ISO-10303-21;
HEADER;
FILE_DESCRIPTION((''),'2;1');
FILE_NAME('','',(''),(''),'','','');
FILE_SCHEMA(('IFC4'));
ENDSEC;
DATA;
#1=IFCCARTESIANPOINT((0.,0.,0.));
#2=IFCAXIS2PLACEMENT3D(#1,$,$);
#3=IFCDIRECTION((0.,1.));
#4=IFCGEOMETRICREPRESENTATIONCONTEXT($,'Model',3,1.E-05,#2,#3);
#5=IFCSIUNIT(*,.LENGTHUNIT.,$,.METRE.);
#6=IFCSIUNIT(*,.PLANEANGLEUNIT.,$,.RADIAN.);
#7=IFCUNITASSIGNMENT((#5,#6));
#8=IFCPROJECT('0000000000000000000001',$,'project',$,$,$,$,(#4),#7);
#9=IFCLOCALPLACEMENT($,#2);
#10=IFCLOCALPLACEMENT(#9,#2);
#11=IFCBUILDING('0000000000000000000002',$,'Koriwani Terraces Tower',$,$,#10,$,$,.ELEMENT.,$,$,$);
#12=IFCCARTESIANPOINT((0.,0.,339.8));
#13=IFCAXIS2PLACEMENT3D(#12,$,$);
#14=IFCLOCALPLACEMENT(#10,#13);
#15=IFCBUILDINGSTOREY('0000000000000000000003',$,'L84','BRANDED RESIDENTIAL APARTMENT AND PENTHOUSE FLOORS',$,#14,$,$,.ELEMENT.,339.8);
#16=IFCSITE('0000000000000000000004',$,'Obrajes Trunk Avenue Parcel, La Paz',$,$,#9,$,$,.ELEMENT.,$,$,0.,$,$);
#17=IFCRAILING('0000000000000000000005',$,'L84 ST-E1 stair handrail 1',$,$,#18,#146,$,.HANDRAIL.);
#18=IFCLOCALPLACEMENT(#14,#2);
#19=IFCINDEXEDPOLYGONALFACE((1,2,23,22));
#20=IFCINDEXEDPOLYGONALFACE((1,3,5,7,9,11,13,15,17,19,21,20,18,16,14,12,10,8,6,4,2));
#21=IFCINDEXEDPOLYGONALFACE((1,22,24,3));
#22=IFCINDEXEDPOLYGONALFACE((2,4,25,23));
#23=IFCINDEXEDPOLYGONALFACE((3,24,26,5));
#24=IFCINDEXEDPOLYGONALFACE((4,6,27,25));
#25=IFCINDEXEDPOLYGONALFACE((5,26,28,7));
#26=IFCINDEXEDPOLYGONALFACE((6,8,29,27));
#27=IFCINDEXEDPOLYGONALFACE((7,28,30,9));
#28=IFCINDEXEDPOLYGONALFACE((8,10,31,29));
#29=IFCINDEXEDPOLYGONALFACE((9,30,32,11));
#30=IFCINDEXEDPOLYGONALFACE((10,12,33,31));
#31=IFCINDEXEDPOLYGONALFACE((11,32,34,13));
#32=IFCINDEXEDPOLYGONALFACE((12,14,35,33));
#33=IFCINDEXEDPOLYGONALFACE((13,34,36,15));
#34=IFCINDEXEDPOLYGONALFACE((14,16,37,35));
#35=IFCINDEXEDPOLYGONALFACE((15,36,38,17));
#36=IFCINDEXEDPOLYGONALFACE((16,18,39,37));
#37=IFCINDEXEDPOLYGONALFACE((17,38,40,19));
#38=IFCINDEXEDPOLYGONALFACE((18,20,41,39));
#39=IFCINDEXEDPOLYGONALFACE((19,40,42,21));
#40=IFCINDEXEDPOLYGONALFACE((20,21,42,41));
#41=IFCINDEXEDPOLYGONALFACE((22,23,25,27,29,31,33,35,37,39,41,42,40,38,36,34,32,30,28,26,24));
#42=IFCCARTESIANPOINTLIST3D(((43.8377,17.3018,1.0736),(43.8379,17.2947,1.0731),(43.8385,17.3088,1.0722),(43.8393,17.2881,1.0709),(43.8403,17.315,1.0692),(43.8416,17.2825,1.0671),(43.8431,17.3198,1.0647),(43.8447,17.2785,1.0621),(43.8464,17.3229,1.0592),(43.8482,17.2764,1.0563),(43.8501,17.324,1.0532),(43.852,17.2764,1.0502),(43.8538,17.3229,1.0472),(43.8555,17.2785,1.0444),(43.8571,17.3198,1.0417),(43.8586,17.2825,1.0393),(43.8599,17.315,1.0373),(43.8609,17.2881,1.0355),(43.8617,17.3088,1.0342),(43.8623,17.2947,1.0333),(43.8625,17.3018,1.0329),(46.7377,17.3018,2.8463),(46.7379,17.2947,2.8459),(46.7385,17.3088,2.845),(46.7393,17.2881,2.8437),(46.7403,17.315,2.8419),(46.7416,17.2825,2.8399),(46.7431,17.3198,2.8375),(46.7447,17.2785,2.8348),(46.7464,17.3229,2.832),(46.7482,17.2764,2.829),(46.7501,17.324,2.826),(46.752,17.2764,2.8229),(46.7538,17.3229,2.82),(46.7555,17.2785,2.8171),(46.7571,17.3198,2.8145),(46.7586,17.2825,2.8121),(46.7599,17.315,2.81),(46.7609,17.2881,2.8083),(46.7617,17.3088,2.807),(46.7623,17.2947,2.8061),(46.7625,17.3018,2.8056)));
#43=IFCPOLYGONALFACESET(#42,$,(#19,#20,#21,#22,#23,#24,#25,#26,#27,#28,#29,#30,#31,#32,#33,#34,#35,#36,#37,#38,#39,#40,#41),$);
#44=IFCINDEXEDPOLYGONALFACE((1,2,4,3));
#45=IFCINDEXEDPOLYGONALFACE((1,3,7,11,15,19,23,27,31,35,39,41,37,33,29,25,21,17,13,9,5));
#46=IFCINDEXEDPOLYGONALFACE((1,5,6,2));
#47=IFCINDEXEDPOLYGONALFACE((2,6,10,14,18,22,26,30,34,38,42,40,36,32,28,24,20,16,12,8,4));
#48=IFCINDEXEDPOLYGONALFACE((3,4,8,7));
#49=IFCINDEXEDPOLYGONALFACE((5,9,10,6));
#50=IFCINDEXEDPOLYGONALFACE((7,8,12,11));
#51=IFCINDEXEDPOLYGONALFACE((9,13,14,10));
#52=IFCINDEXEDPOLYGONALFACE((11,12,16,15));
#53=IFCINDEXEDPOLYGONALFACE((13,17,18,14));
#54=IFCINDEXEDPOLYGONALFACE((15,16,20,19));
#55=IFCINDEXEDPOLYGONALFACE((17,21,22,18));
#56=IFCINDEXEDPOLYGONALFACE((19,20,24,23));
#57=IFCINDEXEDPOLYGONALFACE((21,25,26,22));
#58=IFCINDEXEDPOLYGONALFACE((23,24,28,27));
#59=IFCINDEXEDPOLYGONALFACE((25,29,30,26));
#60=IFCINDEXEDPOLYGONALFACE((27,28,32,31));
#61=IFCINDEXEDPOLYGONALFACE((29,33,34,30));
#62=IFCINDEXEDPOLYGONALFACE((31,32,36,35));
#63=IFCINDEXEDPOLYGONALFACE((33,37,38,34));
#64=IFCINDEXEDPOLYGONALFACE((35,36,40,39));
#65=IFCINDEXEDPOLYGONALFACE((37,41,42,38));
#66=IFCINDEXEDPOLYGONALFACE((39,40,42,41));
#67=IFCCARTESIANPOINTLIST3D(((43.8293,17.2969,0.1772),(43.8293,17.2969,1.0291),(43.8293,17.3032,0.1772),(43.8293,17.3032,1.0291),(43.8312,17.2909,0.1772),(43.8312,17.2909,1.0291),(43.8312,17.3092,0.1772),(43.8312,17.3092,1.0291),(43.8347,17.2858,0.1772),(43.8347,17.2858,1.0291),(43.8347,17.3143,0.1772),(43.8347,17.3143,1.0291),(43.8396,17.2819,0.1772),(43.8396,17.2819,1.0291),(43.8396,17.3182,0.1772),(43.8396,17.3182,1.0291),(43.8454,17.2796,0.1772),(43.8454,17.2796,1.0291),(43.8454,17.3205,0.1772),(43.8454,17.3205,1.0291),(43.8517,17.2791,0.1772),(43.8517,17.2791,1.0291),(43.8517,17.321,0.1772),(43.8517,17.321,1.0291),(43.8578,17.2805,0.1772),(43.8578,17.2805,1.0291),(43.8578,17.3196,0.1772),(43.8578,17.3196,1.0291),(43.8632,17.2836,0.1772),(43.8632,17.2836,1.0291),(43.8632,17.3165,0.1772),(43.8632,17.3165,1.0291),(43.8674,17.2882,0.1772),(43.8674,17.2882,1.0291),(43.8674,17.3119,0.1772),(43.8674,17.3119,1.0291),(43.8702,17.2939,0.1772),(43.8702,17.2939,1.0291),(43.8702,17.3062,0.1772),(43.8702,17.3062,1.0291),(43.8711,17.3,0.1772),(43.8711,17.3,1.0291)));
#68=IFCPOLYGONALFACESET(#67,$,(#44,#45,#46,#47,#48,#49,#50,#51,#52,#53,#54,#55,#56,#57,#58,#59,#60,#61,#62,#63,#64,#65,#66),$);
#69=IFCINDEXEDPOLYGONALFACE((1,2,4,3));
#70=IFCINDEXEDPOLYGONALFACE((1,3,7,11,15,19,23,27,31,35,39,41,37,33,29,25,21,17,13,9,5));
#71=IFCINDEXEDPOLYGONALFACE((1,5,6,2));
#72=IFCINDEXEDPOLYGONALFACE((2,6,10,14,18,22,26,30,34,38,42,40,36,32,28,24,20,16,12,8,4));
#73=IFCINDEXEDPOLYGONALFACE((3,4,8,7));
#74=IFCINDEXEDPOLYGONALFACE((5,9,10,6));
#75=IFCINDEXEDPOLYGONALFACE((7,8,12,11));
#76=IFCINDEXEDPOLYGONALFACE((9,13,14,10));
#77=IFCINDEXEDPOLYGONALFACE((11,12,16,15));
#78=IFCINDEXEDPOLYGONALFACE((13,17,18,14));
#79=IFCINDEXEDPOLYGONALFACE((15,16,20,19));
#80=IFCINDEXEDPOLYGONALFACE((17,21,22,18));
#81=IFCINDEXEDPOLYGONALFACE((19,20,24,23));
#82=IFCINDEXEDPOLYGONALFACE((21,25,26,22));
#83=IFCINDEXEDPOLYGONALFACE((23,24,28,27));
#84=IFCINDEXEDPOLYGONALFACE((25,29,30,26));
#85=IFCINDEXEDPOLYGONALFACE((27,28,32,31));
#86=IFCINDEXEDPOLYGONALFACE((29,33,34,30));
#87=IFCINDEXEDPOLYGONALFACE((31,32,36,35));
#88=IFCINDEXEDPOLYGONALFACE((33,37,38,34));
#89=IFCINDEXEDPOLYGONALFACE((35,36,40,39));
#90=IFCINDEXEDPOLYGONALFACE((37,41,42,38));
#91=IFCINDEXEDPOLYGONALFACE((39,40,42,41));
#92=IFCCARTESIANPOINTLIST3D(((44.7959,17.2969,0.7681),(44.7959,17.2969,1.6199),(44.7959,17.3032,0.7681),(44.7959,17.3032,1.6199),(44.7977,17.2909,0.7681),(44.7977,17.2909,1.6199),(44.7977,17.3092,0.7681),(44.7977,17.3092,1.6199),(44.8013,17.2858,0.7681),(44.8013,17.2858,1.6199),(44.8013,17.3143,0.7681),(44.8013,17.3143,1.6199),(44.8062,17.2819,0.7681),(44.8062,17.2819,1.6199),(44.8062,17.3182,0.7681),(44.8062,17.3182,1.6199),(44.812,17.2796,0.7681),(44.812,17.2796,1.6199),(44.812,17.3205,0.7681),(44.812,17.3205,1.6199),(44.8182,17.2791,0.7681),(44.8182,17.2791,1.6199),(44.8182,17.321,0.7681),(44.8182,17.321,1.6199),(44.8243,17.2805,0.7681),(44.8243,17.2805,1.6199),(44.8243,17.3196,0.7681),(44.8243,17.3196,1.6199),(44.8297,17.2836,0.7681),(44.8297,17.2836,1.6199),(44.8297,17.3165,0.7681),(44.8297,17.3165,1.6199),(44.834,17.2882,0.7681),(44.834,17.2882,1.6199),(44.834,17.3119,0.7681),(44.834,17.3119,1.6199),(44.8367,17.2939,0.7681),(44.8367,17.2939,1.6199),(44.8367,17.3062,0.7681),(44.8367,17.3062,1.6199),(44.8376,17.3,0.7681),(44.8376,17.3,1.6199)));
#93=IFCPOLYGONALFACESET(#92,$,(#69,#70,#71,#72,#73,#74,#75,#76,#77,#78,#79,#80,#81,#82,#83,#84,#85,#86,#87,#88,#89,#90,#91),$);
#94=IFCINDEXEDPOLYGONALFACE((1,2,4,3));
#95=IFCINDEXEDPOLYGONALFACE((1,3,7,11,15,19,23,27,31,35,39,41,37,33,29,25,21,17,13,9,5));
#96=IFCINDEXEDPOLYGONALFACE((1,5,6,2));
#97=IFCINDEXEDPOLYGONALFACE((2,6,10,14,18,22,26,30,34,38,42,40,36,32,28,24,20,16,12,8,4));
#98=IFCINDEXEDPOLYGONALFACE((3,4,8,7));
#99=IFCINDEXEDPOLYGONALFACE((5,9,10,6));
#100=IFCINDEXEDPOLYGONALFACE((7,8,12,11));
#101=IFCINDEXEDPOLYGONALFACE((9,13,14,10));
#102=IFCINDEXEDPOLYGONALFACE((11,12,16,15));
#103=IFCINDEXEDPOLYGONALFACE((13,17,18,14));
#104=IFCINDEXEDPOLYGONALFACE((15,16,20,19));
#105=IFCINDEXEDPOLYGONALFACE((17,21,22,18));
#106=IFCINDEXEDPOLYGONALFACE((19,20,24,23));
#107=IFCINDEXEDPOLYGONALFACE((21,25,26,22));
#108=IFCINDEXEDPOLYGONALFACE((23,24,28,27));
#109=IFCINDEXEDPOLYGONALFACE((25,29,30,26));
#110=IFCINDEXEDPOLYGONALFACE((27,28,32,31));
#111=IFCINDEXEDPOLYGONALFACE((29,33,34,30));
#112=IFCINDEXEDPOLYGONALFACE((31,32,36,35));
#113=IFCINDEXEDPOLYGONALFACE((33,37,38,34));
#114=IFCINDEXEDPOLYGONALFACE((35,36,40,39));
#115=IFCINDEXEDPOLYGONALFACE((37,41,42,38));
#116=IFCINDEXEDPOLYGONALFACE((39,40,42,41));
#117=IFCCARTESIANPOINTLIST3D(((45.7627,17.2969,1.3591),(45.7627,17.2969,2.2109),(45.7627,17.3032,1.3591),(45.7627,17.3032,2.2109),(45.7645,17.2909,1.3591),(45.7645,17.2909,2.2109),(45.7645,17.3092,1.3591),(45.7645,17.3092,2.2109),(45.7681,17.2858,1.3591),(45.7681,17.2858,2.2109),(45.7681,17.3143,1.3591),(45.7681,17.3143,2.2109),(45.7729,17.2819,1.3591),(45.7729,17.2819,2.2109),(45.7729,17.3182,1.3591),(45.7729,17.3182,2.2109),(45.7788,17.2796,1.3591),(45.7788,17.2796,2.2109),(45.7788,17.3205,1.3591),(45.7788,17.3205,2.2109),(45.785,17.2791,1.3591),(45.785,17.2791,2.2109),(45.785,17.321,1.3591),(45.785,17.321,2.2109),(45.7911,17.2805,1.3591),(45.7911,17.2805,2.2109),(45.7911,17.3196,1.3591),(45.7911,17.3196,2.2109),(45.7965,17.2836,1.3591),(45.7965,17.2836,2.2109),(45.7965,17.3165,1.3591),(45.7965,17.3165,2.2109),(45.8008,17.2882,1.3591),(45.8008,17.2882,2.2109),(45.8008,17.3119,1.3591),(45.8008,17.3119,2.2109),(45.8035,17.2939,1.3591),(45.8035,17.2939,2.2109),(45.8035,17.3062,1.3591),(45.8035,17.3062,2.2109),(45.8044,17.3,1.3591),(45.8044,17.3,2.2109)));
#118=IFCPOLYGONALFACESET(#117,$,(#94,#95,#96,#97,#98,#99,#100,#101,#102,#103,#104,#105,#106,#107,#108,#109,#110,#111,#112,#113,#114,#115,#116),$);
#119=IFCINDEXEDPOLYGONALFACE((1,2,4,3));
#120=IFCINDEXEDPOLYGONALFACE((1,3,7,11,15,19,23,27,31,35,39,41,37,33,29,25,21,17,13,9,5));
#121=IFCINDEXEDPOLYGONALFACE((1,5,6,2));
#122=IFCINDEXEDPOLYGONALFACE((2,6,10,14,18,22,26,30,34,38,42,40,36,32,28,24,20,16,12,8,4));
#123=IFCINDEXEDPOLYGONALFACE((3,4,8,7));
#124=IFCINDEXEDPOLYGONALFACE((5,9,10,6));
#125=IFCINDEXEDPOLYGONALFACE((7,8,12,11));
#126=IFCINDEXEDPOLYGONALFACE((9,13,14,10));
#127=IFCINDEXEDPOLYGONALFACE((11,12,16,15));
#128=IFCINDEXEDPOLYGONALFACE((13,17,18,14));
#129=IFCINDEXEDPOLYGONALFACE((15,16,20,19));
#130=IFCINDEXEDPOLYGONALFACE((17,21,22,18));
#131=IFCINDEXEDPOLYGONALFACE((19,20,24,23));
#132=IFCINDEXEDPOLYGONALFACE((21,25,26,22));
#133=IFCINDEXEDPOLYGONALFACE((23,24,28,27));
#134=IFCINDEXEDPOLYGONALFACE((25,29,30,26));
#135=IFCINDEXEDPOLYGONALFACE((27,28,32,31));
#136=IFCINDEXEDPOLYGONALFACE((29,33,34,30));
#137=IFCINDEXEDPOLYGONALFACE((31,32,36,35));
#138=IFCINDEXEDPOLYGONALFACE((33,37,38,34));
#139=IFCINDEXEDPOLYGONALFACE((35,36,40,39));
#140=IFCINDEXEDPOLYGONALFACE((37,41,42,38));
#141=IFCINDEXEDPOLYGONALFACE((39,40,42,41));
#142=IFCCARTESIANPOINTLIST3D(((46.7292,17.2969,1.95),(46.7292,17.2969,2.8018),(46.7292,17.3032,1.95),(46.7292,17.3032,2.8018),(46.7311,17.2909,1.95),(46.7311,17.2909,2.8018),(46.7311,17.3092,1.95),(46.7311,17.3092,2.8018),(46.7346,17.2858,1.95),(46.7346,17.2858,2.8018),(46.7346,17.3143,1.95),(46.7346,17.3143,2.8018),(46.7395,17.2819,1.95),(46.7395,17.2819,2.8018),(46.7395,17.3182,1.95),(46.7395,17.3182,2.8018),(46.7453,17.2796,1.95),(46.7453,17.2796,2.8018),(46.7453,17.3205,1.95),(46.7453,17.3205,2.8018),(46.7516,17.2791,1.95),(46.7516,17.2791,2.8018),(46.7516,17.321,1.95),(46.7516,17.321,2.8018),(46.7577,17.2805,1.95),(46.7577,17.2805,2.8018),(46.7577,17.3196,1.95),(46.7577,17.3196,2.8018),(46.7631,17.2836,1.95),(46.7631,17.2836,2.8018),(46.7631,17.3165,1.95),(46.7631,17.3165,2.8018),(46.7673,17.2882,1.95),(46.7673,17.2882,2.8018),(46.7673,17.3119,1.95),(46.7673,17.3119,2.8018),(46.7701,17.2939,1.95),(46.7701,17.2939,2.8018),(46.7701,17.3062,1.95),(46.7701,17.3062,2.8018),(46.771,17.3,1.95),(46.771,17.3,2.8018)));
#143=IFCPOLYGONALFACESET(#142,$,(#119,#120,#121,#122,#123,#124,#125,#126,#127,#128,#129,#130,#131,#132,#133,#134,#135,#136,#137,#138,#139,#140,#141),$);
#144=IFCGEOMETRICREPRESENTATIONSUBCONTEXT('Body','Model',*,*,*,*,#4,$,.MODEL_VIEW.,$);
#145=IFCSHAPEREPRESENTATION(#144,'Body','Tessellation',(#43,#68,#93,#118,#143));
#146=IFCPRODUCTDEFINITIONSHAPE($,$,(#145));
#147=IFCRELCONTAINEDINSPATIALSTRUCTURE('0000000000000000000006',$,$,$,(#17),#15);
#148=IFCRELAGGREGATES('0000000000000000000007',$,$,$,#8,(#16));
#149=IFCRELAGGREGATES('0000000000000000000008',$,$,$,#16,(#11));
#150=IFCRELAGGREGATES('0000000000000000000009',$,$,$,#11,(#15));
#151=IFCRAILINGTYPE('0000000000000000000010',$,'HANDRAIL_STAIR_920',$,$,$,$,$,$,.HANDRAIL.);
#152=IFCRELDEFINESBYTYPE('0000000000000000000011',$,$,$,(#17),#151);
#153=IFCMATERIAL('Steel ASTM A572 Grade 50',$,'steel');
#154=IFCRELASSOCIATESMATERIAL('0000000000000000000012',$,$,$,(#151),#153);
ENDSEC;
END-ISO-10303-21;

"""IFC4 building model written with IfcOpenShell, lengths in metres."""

from ifc_helpers import new_model, si_unit, direction, frame, origin, origin_2d, place, context, subcontext, project, spatial, circle, extrude, material, type_object, element, save


model = new_model("IFC4")

# Units and contexts
model_context = context("Model", 3, precision=1e-05, world=origin(), true_north=direction((0.0, 1.0)))
body_context = subcontext(model_context, "Body", "Model", "MODEL_VIEW")
ifc_project = project(units=[si_unit("LENGTHUNIT", "METRE"), si_unit("PLANEANGLEUNIT", "RADIAN")], contexts=[model_context])

# Site, building, storey
site_placement = place(None, origin())
site = spatial("IfcSite", under=ifc_project, at=site_placement, Name="Obrajes Trunk Avenue Parcel, La Paz", CompositionType="ELEMENT", RefElevation=0.0)
building_placement = place(site_placement, origin())
building = spatial("IfcBuilding", under=site, at=building_placement, Name="Koriwani Terraces Tower", CompositionType="ELEMENT")
storey_placement = place(building_placement, frame((0.0, 0.0, 339.8)))
storey = spatial("IfcBuildingStorey", under=building, at=storey_placement, Name="L84", Description="BRANDED RESIDENTIAL APARTMENT AND PENTHOUSE FLOORS", CompositionType="ELEMENT", Elevation=339.8)

# Shared definitions
ifc_material_1 = material(Name="Steel ASTM A572 Grade 50", Category="steel")

# Railing
railing_type_1 = type_object("IfcRailingType", Name="HANDRAIL_STAIR_920", PredefinedType="HANDRAIL", material=ifc_material_1)
railing_1_placement = place(storey_placement, frame((43.8501, 17.3, 0.1772)))
element("IfcRailing", 1, at=railing_1_placement, inside=storey, type_object=railing_type_1, Name="L84 ST-E1 stair handrail 1", PredefinedType="HANDRAIL", context=body_context, shape_type="SweptSolid", body=[
    extrude(circle(Radius=0.0239, at=origin_2d()), frame((0.0, 0.0, 0.876), z_axis=(0.853211, 0.0, 0.521566), x_axis=(0.0, 1.0, 0.0)), (0.0, 0.0, 1.0), 3.3989),
    extrude(circle(Radius=0.021, at=origin_2d()), origin(), (0.0, 0.0, 1.0), 0.8518),
    extrude(circle(Radius=0.021, at=origin_2d()), frame((0.9666, 0.0, 0.5908)), (0.0, 0.0, 1.0), 0.8518),
    extrude(circle(Radius=0.021, at=origin_2d()), frame((1.9333, 0.0, 1.1819)), (0.0, 0.0, 1.0), 0.8518),
    extrude(circle(Radius=0.021, at=origin_2d()), frame((2.8999, 0.0, 1.7727)), (0.0, 0.0, 1.0), 0.8518),
])

save(model, "model.ifc")
